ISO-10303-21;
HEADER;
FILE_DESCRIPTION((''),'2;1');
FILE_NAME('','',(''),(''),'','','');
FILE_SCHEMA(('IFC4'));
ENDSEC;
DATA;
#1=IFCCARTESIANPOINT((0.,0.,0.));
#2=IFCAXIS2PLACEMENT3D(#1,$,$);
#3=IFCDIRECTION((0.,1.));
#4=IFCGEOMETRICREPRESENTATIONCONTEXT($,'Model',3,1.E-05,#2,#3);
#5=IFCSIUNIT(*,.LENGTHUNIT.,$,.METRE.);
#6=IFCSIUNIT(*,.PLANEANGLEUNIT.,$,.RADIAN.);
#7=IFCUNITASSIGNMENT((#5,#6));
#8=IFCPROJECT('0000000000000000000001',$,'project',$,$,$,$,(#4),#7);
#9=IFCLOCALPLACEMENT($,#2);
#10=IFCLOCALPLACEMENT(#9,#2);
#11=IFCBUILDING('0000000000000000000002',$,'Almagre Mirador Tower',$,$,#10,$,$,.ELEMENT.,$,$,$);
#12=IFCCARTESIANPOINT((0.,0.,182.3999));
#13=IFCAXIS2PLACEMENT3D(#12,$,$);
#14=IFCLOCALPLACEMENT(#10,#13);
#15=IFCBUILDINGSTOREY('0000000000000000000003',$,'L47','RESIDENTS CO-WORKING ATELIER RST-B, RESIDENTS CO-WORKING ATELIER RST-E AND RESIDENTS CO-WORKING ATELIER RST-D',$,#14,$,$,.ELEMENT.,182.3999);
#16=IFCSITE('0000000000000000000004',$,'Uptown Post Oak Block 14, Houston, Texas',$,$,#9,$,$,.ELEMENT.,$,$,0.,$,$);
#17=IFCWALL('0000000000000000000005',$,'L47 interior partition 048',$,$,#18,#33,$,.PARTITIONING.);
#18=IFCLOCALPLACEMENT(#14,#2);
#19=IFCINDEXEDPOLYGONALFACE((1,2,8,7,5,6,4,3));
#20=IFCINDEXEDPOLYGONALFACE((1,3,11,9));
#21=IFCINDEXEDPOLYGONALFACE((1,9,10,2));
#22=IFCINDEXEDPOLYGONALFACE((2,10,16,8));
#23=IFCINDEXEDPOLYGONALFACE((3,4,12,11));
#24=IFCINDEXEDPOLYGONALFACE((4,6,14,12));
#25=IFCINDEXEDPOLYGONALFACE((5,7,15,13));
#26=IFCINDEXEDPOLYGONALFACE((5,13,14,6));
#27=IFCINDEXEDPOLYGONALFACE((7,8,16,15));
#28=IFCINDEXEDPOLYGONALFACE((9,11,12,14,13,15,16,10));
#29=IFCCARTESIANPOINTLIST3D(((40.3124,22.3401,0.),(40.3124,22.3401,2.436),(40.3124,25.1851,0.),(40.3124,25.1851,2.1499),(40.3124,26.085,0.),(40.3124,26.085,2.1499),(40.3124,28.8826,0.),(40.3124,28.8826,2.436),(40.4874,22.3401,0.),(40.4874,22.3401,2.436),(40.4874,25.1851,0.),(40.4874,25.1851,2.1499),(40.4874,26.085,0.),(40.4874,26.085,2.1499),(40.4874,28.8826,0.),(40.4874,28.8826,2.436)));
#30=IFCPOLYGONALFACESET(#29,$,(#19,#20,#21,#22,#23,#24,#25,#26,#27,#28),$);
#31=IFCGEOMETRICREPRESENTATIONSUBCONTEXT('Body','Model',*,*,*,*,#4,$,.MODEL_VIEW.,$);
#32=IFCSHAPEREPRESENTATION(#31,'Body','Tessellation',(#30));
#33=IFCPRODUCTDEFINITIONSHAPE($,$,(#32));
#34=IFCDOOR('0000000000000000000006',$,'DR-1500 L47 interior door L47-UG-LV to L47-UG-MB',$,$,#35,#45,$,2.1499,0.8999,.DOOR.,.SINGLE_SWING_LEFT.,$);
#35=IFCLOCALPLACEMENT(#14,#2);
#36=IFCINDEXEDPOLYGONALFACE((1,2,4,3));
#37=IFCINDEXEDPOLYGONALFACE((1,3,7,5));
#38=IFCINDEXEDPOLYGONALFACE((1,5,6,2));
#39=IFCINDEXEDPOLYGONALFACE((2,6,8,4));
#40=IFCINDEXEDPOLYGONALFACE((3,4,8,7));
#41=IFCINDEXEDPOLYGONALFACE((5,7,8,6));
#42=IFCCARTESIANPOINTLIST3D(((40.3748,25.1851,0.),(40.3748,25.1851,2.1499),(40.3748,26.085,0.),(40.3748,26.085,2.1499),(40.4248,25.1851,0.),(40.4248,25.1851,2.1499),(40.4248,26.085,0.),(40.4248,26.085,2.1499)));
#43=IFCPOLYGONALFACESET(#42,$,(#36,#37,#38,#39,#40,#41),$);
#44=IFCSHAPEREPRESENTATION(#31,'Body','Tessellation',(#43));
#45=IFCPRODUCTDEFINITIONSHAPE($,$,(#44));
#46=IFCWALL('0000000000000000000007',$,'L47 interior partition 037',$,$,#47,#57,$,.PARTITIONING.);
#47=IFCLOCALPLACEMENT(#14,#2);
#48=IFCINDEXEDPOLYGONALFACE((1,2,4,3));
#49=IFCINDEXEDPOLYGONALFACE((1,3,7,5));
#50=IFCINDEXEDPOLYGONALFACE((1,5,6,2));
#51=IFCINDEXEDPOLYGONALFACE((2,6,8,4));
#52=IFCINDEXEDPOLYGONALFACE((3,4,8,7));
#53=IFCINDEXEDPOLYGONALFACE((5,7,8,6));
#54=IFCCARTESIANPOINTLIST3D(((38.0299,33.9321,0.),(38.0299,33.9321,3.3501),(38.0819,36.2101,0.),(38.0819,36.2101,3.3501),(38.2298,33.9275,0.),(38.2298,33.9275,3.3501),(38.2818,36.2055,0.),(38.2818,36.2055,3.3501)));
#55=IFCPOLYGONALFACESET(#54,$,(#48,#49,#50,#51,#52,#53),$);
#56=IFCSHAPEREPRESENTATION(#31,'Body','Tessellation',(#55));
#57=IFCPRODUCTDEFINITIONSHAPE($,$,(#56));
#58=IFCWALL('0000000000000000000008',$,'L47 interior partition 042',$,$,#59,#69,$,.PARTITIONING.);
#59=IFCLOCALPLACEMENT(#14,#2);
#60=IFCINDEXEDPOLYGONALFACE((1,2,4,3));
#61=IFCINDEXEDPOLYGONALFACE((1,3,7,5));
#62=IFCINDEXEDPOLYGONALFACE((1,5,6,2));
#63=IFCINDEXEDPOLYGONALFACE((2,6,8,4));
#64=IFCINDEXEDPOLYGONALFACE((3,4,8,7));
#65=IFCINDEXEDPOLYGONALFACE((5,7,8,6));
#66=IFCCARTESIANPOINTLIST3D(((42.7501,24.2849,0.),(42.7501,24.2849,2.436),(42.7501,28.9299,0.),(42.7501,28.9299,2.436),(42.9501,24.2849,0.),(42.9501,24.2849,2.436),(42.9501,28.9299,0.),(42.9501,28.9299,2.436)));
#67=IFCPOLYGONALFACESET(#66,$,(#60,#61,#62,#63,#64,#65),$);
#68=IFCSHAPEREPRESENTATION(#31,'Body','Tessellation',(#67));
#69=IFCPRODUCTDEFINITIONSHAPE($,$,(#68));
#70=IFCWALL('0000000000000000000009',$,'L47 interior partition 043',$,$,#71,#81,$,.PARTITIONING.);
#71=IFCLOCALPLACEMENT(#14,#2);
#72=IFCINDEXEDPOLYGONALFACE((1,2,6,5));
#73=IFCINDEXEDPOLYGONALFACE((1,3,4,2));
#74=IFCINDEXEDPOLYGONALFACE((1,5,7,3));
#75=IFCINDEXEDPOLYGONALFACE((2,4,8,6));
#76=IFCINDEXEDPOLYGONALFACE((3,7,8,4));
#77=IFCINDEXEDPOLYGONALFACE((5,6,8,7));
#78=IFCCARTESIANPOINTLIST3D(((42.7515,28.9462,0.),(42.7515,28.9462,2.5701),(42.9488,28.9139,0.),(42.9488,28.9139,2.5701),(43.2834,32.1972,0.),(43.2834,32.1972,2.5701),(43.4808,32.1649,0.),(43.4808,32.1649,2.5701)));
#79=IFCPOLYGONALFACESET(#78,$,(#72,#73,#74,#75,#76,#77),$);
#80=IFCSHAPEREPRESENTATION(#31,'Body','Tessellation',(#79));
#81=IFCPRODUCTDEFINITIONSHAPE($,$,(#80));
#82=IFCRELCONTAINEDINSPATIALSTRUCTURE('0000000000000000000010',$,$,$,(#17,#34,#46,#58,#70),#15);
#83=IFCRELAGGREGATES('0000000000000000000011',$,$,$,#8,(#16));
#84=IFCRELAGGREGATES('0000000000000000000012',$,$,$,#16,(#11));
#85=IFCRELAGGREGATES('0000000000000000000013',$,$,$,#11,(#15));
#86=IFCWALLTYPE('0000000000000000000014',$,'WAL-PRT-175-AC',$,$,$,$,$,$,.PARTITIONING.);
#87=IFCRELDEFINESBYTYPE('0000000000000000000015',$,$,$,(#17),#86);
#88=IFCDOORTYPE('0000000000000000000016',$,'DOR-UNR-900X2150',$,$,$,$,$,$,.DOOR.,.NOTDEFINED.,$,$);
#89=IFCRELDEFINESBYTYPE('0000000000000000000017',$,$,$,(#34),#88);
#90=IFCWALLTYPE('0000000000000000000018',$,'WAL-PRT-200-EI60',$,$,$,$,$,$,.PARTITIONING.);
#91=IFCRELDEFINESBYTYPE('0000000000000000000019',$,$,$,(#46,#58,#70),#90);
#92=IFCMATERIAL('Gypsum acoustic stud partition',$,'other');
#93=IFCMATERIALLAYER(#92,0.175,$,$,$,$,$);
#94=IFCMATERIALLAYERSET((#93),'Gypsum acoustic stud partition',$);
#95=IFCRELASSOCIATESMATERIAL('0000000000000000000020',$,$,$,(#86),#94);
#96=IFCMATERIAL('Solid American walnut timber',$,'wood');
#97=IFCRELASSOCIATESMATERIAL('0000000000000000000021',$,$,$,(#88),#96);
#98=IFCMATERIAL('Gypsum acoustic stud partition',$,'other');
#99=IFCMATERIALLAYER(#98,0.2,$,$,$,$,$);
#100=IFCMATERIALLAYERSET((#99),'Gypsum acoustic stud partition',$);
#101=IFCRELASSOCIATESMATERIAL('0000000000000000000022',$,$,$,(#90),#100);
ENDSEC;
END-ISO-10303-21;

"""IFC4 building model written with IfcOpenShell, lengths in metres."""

from ifc_helpers import new_model, si_unit, direction, frame, frame_2d, origin, place, context, subcontext, project, spatial, rectangle, extrude, material, layer, layer_set, type_object, element, fill, save


model = new_model("IFC4")

# Units and contexts
model_context = context("Model", 3, precision=1e-05, world=origin(), true_north=direction((0.0, 1.0)))
body_context = subcontext(model_context, "Body", "Model", "MODEL_VIEW")
ifc_project = project(units=[si_unit("LENGTHUNIT", "METRE"), si_unit("PLANEANGLEUNIT", "RADIAN")], contexts=[model_context])

# Site, building, storey
site_placement = place(None, origin())
site = spatial("IfcSite", under=ifc_project, at=site_placement, Name="Uptown Post Oak Block 14, Houston, Texas", CompositionType="ELEMENT", RefElevation=0.0)
building_placement = place(site_placement, origin())
building = spatial("IfcBuilding", under=site, at=building_placement, Name="Almagre Mirador Tower", CompositionType="ELEMENT")
storey_placement = place(building_placement, frame((0.0, 0.0, 182.3999)))
storey = spatial("IfcBuildingStorey", under=building, at=storey_placement, Name="L47", Description="RESIDENTS CO-WORKING ATELIER RST-B, RESIDENTS CO-WORKING ATELIER RST-E AND RESIDENTS CO-WORKING ATELIER RST-D", CompositionType="ELEMENT", Elevation=182.3999)

# Wall, opening, door
ifc_material_1 = material(Name="Gypsum acoustic stud partition", Category="other")
ifc_layer_1 = layer(ifc_material_1, 0.175)
ifc_layer_set_1 = layer_set([ifc_layer_1], Name="Gypsum acoustic stud partition")
wall_type_1 = type_object("IfcWallType", Name="WAL-PRT-175-AC", PredefinedType="PARTITIONING", material=ifc_layer_set_1)
wall_1_placement = place(storey_placement, frame((40.3999, 28.8826, 0.0), z_axis=(0.0, 0.0, 1.0), x_axis=(0.0, -1.0, 0.0)))
wall_1 = element("IfcWall", 1, at=wall_1_placement, inside=storey, type_object=wall_type_1, Name="L47 interior partition 048", PredefinedType="PARTITIONING", context=body_context, shape_type="SweptSolid", body=[
    extrude(rectangle(XDim=6.5425, YDim=0.175, at=frame_2d((3.2712, 0.0))), origin(), (0.0, 0.0, 1.0), 2.436),
])
opening_1_placement = place(wall_1_placement, frame((2.7976, 0.0, 0.0)))
opening_1 = element("IfcOpeningElement", 2, at=opening_1_placement, cuts=wall_1, PredefinedType="OPENING", context=body_context, shape_type="SweptSolid", body=[
    extrude(rectangle(XDim=0.8999, YDim=2.1499, at=frame_2d((0.45, 1.075))), frame((0.0, 0.0974, 0.0), z_axis=(0.0, -1.0, 0.0), x_axis=(1.0, 0.0, 0.0)), (0.0, 0.0, 1.0), 0.195),
])
ifc_material_2 = material(Name="Solid American walnut timber", Category="wood")
door_type_1 = type_object("IfcDoorType", Name="DOR-UNR-900X2150", OperationType="NOTDEFINED", PredefinedType="DOOR", material=ifc_material_2)
door_1_placement = place(opening_1_placement, origin())
door_1 = element("IfcDoor", 3, at=door_1_placement, inside=storey, type_object=door_type_1, Name="DR-1500 L47 interior door L47-UG-LV to L47-UG-MB", OperationType="SINGLE_SWING_LEFT", OverallHeight=2.1499, OverallWidth=0.8999, PredefinedType="DOOR", context=body_context, shape_type="SweptSolid", body=[
    extrude(rectangle(XDim=0.8999, YDim=2.1499, at=frame_2d((0.45, 1.075))), frame((0.0, 0.0249, 0.0), z_axis=(0.0, -1.0, 0.0), x_axis=(1.0, 0.0, 0.0)), (0.0, 0.0, 1.0), 0.05),
])
fill(opening_1, door_1)

# Walls
ifc_material_3 = material(Name="Gypsum acoustic stud partition", Category="other")
ifc_layer_2 = layer(ifc_material_3, 0.2)
ifc_layer_set_2 = layer_set([ifc_layer_2], Name="Gypsum acoustic stud partition")
wall_type_2 = type_object("IfcWallType", Name="WAL-PRT-200-EI60", PredefinedType="PARTITIONING", material=ifc_layer_set_2)
wall_2_placement = place(storey_placement, frame((38.1299, 33.9299, 0.0), z_axis=(0.0, 0.0, 1.0), x_axis=(0.022821, 0.99974, 0.0)))
element("IfcWall", 4, at=wall_2_placement, inside=storey, type_object=wall_type_2, Name="L47 interior partition 037", PredefinedType="PARTITIONING", context=body_context, shape_type="SweptSolid", body=[
    extrude(rectangle(XDim=2.2786, YDim=0.2, at=frame_2d((1.1392, 0.0))), origin(), (0.0, 0.0, 1.0), 3.3501),
])
wall_3_placement = place(storey_placement, frame((42.8501, 28.9299, 0.0), z_axis=(0.0, 0.0, 1.0), x_axis=(0.0, -1.0, 0.0)))
element("IfcWall", 5, at=wall_3_placement, inside=storey, type_object=wall_type_2, Name="L47 interior partition 042", PredefinedType="PARTITIONING", context=body_context, shape_type="SweptSolid", body=[
    extrude(rectangle(XDim=4.645, YDim=0.2, at=frame_2d((2.3225, 0.0))), origin(), (0.0, 0.0, 1.0), 2.436),
])
wall_4_placement = place(storey_placement, frame((43.3821, 32.1809, 0.0), z_axis=(0.0, 0.0, 1.0), x_axis=(-0.16149, -0.986874, 0.0)))
element("IfcWall", 6, at=wall_4_placement, inside=storey, type_object=wall_type_2, Name="L47 interior partition 043", PredefinedType="PARTITIONING", context=body_context, shape_type="SweptSolid", body=[
    extrude(rectangle(XDim=3.2942, YDim=0.2, at=frame_2d((1.647, 0.0))), origin(), (0.0, 0.0, 1.0), 2.5701),
])

save(model, "model.ifc")
